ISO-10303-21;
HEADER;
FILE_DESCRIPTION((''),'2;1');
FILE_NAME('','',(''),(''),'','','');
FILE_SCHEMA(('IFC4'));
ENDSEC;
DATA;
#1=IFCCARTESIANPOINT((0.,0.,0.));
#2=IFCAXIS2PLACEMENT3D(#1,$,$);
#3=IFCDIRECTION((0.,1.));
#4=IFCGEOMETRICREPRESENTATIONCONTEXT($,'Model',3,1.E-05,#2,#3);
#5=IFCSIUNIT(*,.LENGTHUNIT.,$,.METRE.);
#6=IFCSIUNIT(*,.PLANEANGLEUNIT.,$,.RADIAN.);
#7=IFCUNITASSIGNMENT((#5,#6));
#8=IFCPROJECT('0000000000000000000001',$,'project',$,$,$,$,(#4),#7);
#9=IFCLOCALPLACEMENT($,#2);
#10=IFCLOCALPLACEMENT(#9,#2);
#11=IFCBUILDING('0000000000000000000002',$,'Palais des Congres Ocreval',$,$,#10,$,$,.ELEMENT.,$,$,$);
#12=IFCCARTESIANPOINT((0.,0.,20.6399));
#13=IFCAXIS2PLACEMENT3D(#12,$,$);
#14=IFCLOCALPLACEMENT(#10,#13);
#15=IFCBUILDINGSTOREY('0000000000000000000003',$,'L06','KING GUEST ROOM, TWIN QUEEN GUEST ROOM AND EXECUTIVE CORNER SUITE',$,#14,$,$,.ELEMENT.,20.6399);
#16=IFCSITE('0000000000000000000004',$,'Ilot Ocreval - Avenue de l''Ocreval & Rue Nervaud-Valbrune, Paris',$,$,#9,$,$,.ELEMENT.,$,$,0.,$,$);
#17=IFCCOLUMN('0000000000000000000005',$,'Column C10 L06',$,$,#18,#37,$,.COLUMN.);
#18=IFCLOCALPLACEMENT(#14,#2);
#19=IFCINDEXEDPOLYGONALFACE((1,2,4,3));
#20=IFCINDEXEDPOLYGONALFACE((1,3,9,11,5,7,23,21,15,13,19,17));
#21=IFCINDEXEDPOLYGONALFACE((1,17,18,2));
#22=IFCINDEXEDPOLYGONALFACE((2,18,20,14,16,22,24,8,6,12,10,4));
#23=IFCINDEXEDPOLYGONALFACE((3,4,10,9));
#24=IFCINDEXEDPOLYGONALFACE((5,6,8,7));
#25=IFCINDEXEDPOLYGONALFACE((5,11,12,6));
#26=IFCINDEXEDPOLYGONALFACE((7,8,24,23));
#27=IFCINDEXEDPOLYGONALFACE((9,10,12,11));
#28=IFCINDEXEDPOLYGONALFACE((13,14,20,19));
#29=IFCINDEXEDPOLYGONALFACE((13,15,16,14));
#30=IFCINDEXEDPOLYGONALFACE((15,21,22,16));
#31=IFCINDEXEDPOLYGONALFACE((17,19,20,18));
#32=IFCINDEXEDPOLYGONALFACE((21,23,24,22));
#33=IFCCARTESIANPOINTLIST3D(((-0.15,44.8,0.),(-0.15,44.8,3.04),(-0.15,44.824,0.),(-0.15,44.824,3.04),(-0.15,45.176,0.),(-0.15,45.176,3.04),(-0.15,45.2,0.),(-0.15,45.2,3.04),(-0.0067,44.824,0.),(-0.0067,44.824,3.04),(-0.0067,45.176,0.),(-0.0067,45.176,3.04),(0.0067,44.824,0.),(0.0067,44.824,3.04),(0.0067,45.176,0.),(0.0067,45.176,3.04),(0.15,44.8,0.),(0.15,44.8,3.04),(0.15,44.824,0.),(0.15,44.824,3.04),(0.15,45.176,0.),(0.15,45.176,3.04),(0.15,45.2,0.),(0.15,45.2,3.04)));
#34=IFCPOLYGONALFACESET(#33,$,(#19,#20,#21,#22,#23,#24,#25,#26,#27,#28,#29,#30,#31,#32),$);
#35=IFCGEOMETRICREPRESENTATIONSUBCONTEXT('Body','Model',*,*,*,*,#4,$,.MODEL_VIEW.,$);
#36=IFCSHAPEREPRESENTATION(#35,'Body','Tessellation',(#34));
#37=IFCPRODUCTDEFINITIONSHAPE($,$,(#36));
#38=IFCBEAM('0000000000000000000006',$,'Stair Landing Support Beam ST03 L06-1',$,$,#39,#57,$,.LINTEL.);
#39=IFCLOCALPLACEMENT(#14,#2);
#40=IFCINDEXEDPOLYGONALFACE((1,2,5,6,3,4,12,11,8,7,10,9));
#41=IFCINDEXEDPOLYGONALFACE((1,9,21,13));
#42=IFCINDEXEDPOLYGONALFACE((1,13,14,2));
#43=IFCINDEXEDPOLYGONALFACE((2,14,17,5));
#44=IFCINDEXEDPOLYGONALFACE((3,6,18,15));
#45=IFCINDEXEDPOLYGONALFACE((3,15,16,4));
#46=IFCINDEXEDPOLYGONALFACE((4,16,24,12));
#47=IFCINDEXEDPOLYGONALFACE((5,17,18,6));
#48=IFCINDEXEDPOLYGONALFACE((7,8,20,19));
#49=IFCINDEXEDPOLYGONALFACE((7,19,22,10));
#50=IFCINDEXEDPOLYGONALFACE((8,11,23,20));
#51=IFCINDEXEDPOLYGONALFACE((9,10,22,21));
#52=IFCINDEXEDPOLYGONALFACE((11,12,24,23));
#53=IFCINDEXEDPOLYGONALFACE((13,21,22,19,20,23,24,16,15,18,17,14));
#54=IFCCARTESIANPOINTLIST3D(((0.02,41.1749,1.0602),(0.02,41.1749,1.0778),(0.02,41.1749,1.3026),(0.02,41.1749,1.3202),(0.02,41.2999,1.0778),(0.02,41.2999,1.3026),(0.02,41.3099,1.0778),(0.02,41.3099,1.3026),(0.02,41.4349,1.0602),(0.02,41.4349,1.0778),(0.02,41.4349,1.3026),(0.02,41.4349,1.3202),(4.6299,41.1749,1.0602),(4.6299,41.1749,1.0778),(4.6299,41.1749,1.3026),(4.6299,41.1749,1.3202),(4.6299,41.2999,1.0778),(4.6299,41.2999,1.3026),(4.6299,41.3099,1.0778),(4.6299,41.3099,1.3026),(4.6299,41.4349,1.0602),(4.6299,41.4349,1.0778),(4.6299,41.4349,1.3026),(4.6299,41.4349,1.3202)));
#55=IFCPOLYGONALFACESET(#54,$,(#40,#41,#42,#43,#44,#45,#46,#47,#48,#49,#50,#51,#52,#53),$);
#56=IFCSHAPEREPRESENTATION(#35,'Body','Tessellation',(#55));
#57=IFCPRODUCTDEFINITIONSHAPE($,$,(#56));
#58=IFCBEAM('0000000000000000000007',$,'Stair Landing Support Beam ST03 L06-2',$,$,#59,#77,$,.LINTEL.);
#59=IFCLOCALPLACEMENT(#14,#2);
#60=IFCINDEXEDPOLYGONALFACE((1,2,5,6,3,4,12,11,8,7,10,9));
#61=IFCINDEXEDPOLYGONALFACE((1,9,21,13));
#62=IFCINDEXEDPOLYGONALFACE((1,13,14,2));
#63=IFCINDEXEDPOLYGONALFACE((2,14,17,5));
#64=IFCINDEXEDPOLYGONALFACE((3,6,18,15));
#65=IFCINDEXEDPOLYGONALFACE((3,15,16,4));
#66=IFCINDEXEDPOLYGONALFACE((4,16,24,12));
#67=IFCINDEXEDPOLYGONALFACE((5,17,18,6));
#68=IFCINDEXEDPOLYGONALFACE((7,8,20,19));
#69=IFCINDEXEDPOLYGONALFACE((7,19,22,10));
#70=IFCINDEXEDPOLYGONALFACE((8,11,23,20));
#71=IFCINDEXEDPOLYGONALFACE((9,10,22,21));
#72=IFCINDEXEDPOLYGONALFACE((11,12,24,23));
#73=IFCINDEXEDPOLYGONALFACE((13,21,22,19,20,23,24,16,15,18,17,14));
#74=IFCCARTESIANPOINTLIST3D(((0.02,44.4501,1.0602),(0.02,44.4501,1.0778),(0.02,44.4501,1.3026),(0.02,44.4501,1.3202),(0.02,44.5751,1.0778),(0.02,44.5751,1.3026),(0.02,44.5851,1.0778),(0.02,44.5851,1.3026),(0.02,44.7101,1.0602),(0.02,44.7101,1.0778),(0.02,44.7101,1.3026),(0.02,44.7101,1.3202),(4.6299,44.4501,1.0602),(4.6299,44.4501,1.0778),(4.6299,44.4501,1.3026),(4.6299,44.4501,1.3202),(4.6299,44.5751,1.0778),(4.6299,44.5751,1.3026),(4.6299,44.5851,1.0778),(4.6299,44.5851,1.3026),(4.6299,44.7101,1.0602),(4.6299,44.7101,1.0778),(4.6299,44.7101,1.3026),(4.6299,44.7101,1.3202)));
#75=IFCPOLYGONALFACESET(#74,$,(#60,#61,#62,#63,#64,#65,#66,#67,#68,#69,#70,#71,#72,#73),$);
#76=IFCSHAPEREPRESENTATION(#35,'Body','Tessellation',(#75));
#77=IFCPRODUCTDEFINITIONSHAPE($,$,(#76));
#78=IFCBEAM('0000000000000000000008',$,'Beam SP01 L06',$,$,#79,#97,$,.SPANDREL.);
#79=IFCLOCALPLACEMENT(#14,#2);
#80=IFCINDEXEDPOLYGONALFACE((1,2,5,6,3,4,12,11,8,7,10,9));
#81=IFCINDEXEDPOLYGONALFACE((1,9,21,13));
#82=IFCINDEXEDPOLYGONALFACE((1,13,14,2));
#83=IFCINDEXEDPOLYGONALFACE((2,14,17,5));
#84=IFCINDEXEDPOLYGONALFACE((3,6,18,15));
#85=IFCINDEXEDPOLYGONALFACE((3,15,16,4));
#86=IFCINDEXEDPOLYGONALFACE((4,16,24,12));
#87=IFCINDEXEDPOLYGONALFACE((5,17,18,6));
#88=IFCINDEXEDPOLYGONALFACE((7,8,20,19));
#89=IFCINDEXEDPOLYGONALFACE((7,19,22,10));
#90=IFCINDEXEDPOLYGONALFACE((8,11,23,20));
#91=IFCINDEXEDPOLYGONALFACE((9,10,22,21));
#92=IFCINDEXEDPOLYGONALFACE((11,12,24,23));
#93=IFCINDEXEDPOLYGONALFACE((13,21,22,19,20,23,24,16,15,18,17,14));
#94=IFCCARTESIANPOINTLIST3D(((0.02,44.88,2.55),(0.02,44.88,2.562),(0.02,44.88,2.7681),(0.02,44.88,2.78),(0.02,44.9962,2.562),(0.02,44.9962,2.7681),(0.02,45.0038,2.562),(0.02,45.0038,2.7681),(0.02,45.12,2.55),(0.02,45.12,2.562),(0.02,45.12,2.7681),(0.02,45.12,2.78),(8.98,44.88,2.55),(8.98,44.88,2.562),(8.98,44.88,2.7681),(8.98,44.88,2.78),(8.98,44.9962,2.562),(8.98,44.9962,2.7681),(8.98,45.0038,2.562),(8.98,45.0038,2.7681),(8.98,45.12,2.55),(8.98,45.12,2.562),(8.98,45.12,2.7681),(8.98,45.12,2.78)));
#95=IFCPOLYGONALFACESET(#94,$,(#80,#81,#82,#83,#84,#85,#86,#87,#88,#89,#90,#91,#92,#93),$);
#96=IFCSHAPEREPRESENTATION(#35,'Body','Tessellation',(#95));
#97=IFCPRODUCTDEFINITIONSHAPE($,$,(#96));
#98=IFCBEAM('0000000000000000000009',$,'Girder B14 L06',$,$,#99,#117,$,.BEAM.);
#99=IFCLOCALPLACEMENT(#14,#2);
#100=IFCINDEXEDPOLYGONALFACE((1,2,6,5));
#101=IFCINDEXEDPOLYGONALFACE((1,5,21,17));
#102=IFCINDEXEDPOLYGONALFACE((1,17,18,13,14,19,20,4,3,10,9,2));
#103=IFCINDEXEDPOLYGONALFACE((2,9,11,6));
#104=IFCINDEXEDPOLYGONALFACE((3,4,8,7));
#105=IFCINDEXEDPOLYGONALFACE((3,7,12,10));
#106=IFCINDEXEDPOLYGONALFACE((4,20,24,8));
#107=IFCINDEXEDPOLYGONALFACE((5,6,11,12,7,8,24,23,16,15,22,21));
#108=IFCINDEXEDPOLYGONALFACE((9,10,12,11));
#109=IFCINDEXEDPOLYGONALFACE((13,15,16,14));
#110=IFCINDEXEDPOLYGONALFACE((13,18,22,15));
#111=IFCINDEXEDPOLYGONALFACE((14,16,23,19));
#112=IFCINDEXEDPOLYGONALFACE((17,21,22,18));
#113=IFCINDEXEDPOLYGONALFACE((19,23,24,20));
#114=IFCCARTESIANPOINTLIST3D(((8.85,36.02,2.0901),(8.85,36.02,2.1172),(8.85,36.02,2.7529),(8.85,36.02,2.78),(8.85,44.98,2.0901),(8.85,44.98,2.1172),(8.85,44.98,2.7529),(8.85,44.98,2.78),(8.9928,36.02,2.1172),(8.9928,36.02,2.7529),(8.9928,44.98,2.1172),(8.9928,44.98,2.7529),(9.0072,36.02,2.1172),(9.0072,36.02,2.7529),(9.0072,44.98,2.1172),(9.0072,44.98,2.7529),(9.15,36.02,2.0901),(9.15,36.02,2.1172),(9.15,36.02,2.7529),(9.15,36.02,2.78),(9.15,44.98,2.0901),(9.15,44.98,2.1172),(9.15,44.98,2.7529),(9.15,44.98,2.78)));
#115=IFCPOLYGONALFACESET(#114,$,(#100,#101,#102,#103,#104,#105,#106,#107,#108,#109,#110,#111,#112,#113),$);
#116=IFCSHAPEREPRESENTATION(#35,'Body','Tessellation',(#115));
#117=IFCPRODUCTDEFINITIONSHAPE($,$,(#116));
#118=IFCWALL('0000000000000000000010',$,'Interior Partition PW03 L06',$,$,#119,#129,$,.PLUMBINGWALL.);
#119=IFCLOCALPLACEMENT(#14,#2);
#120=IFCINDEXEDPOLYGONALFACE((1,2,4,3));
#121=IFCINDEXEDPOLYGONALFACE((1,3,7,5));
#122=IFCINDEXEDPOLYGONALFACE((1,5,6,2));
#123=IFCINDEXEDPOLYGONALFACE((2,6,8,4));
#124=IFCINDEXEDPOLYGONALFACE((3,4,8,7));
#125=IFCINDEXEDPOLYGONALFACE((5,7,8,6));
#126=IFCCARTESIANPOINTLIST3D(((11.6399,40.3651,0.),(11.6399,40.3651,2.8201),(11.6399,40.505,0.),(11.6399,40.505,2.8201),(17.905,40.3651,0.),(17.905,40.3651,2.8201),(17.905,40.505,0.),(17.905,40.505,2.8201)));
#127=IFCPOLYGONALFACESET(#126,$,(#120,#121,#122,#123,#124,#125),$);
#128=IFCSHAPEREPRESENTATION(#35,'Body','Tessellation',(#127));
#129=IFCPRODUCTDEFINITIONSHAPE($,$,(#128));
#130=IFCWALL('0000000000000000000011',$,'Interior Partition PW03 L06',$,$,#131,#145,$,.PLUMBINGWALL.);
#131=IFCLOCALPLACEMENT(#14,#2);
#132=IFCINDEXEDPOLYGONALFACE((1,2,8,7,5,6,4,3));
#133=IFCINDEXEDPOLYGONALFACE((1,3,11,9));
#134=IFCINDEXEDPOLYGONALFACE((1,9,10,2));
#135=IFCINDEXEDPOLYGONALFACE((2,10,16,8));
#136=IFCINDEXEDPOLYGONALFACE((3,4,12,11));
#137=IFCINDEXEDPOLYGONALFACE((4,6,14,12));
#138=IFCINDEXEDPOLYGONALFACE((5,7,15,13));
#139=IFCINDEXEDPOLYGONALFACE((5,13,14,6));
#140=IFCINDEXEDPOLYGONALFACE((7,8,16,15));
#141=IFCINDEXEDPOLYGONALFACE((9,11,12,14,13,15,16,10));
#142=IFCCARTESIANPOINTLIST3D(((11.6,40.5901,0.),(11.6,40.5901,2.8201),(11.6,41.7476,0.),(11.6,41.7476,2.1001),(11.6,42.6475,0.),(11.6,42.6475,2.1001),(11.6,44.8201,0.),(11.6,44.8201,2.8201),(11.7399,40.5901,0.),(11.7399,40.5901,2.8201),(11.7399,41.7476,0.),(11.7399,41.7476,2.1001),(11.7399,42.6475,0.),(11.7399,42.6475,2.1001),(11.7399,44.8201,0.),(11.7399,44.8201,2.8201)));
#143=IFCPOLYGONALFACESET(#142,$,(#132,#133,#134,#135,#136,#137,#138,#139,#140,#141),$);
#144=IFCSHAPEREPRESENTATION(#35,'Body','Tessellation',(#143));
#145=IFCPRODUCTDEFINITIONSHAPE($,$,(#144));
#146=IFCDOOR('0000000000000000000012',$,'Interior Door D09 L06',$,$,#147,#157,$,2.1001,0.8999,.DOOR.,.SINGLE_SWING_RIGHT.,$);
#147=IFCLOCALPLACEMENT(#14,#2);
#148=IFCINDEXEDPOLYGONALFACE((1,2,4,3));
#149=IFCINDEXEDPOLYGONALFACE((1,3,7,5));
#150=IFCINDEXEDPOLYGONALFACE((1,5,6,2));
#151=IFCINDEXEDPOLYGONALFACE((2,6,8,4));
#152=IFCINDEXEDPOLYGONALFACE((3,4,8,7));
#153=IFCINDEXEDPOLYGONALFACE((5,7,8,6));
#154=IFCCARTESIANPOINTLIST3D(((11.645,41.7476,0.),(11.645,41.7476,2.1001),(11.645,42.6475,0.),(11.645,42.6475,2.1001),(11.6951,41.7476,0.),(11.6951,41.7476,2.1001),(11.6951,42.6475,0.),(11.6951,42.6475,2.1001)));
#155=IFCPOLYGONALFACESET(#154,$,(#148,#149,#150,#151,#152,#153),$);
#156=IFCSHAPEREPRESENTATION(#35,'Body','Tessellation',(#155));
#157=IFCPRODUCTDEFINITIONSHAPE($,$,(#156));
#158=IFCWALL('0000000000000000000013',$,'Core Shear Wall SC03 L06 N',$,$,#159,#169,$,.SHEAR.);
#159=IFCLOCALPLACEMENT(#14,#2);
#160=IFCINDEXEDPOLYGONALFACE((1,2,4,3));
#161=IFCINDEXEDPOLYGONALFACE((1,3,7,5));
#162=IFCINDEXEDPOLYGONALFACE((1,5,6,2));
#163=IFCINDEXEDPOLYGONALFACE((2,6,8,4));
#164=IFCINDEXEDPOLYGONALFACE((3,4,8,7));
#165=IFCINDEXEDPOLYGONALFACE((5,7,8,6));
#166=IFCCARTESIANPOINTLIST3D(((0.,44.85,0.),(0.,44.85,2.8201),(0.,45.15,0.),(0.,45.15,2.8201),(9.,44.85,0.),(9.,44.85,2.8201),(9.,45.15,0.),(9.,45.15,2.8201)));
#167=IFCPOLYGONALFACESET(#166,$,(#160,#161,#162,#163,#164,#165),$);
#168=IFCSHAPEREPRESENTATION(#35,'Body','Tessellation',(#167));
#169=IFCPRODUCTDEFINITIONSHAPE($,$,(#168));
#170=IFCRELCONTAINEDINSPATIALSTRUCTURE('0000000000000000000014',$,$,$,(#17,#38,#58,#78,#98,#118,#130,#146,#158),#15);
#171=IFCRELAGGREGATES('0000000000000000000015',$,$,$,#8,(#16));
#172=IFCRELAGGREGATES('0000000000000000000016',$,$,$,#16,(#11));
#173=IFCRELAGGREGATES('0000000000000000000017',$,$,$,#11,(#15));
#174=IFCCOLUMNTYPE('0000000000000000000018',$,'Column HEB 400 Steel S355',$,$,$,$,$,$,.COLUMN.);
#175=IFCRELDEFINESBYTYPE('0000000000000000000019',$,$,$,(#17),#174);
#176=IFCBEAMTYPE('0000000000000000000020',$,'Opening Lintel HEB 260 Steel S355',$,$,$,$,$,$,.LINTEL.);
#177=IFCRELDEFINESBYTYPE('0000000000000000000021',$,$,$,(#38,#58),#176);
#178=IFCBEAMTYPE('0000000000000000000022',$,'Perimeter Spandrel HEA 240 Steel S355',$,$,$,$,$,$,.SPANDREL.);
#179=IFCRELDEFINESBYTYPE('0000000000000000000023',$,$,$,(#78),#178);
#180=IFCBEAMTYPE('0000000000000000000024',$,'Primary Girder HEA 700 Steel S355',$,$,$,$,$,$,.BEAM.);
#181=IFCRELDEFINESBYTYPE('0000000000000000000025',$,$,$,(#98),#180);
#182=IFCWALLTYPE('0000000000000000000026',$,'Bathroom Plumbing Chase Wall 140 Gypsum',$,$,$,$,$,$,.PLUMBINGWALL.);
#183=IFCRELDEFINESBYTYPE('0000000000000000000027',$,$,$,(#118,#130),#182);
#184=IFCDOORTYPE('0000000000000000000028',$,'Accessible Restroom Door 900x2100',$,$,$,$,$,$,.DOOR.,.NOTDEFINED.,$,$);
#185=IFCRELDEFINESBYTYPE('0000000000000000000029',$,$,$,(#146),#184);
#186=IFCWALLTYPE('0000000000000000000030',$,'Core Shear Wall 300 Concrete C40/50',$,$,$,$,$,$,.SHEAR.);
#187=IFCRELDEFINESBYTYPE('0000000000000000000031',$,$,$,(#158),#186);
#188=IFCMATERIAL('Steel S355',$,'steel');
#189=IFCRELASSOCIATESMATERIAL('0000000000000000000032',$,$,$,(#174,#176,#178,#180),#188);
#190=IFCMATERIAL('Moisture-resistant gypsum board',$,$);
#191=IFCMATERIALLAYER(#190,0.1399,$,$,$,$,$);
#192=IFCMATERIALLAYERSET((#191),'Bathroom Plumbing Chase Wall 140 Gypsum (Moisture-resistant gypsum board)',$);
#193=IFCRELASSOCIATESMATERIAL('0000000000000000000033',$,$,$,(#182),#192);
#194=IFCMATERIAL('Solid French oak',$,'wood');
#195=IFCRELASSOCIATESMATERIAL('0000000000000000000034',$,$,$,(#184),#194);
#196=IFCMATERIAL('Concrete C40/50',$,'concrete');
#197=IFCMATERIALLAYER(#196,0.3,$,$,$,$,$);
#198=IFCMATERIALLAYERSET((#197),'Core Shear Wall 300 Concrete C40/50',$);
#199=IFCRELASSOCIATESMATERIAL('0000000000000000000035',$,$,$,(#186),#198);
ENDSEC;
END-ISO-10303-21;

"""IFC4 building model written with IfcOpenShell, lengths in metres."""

from ifc_helpers import new_model, si_unit, direction, frame, frame_2d, origin, origin_2d, place, context, subcontext, project, spatial, rectangle, i_section, extrude, material, layer, layer_set, material_profile, profile_set, type_object, element, fill, save


model = new_model("IFC4")

# Units and contexts
model_context = context("Model", 3, precision=1e-05, world=origin(), true_north=direction((0.0, 1.0)))
body_context = subcontext(model_context, "Body", "Model", "MODEL_VIEW")
ifc_project = project(units=[si_unit("LENGTHUNIT", "METRE"), si_unit("PLANEANGLEUNIT", "RADIAN")], contexts=[model_context])

# Site, building, storey
site_placement = place(None, origin())
site = spatial("IfcSite", under=ifc_project, at=site_placement, Name="Ilot Ocreval - Avenue de l'Ocreval & Rue Nervaud-Valbrune, Paris", CompositionType="ELEMENT", RefElevation=0.0)
building_placement = place(site_placement, origin())
building = spatial("IfcBuilding", under=site, at=building_placement, Name="Palais des Congres Ocreval", CompositionType="ELEMENT")
storey_placement = place(building_placement, frame((0.0, 0.0, 20.6399)))
storey = spatial("IfcBuildingStorey", under=building, at=storey_placement, Name="L06", Description="KING GUEST ROOM, TWIN QUEEN GUEST ROOM AND EXECUTIVE CORNER SUITE", CompositionType="ELEMENT", Elevation=20.6399)

# Column
ifc_material_1 = material(Name="Steel S355", Category="steel")
ifc_material_profile_1 = material_profile(ifc_material_1, i_section(OverallWidth=0.3, OverallDepth=0.3999, WebThickness=0.0134, FlangeThickness=0.0239, at=origin_2d()), Name="HEB 400")
ifc_profile_set_1 = profile_set([ifc_material_profile_1], Name="Steel S355")
column_type = type_object("IfcColumnType", Name="Column HEB 400 Steel S355", PredefinedType="COLUMN", material=ifc_profile_set_1)
column_placement = place(storey_placement, frame((0.0, 45.0, 0.0), z_axis=(0.0, 0.0, 1.0), x_axis=(1.0, 0.0, 0.0)))
element("IfcColumn", 1, at=column_placement, inside=storey, type_object=column_type, Name="Column C10 L06", PredefinedType="COLUMN", context=body_context, shape_type="SweptSolid", body=[
    extrude(i_section(OverallWidth=0.3, OverallDepth=0.3999, WebThickness=0.0134, FlangeThickness=0.0239, at=origin_2d()), origin(), (0.0, 0.0, 1.0), 3.04),
])

# Beams
ifc_material_profile_2 = material_profile(ifc_material_1, i_section(OverallWidth=0.26, OverallDepth=0.26, WebThickness=0.01, FlangeThickness=0.0176, at=origin_2d()), Name="HEB 260")
ifc_profile_set_2 = profile_set([ifc_material_profile_2], Name="Steel S355")
beam_type_1 = type_object("IfcBeamType", Name="Opening Lintel HEB 260 Steel S355", PredefinedType="LINTEL", material=ifc_profile_set_2)
for number, where, z_axis, x_axis, name in (
    (2, (0.02, 41.3049, 1.1902), (1.0, 0.0, 0.0), (0.0, 1.0, 0.0), "Stair Landing Support Beam ST03 L06-1"),
    (3, (0.02, 44.5801, 1.1902), (1.0, 0.0, 0.0), (0.0, 1.0, 0.0), "Stair Landing Support Beam ST03 L06-2"),
):
    element("IfcBeam", number, at=place(storey_placement, frame(where, z_axis=z_axis, x_axis=x_axis)), inside=storey, type_object=beam_type_1, Name=name, PredefinedType="LINTEL", context=body_context, shape_type="SweptSolid", body=[
        extrude(i_section(OverallWidth=0.26, OverallDepth=0.26, WebThickness=0.01, FlangeThickness=0.0176, at=origin_2d()), origin(), (0.0, 0.0, 1.0), 4.6099),
    ])
ifc_material_profile_3 = material_profile(ifc_material_1, i_section(OverallWidth=0.24, OverallDepth=0.23, WebThickness=0.0076, FlangeThickness=0.012, at=origin_2d()), Name="HEA 240")
ifc_profile_set_3 = profile_set([ifc_material_profile_3], Name="Steel S355")
beam_type_2 = type_object("IfcBeamType", Name="Perimeter Spandrel HEA 240 Steel S355", PredefinedType="SPANDREL", material=ifc_profile_set_3)
beam_1_placement = place(storey_placement, frame((0.02, 45.0, 2.665), z_axis=(1.0, 0.0, 0.0), x_axis=(0.0, 1.0, 0.0)))
element("IfcBeam", 4, at=beam_1_placement, inside=storey, type_object=beam_type_2, Name="Beam SP01 L06", PredefinedType="SPANDREL", context=body_context, shape_type="SweptSolid", body=[
    extrude(i_section(OverallWidth=0.24, OverallDepth=0.23, WebThickness=0.0076, FlangeThickness=0.012, at=origin_2d()), origin(), (0.0, 0.0, 1.0), 8.96),
])
ifc_material_profile_4 = material_profile(ifc_material_1, i_section(OverallWidth=0.3, OverallDepth=0.6899, WebThickness=0.0144, FlangeThickness=0.0271, at=origin_2d()), Name="HEA 700")
ifc_profile_set_4 = profile_set([ifc_material_profile_4], Name="Steel S355")
beam_type_3 = type_object("IfcBeamType", Name="Primary Girder HEA 700 Steel S355", PredefinedType="BEAM", material=ifc_profile_set_4)
beam_2_placement = place(storey_placement, frame((9.0, 36.02, 2.4351), z_axis=(0.0, 1.0, 0.0), x_axis=(-1.0, 0.0, 0.0)))
element("IfcBeam", 5, at=beam_2_placement, inside=storey, type_object=beam_type_3, Name="Girder B14 L06", PredefinedType="BEAM", context=body_context, shape_type="SweptSolid", body=[
    extrude(i_section(OverallWidth=0.3, OverallDepth=0.6899, WebThickness=0.0144, FlangeThickness=0.0271, at=origin_2d()), origin(), (0.0, 0.0, 1.0), 8.96),
])

# Wall
ifc_material_2 = material(Name="Moisture-resistant gypsum board")
ifc_layer_1 = layer(ifc_material_2, 0.1399)
ifc_layer_set_1 = layer_set([ifc_layer_1], Name="Bathroom Plumbing Chase Wall 140 Gypsum (Moisture-resistant gypsum board)")
wall_type_1 = type_object("IfcWallType", Name="Bathroom Plumbing Chase Wall 140 Gypsum", PredefinedType="PLUMBINGWALL", material=ifc_layer_set_1)
wall_1_placement = place(storey_placement, frame((11.6399, 40.4351, 0.0), z_axis=(0.0, 0.0, 1.0), x_axis=(1.0, 0.0, 0.0)))
element("IfcWall", 6, at=wall_1_placement, inside=storey, type_object=wall_type_1, Name="Interior Partition PW03 L06", PredefinedType="PLUMBINGWALL", context=body_context, shape_type="SweptSolid", body=[
    extrude(rectangle(XDim=6.2651, YDim=0.1399, at=frame_2d((3.1326, 0.0))), origin(), (0.0, 0.0, 1.0), 2.8201),
])

# Wall, opening, door
wall_2_placement = place(storey_placement, frame((11.6699, 40.5901, 0.0), z_axis=(0.0, 0.0, 1.0), x_axis=(0.0, 1.0, 0.0)))
wall_2 = element("IfcWall", 7, at=wall_2_placement, inside=storey, type_object=wall_type_1, Name="Interior Partition PW03 L06", PredefinedType="PLUMBINGWALL", context=body_context, shape_type="SweptSolid", body=[
    extrude(rectangle(XDim=4.23, YDim=0.1399, at=frame_2d((2.115, 0.0))), origin(), (0.0, 0.0, 1.0), 2.8201),
])
opening_1_placement = place(wall_2_placement, frame((1.1575, 0.0, 0.0)))
opening_1 = element("IfcOpeningElement", 8, at=opening_1_placement, cuts=wall_2, PredefinedType="OPENING", context=body_context, shape_type="SweptSolid", body=[
    extrude(rectangle(XDim=0.8999, YDim=2.1001, at=frame_2d((0.45, 1.05))), frame((0.0, 0.0798, 0.0), z_axis=(0.0, -1.0, 0.0), x_axis=(1.0, 0.0, 0.0)), (0.0, 0.0, 1.0), 0.1599),
])
ifc_material_3 = material(Name="Solid French oak", Category="wood")
door_type_1 = type_object("IfcDoorType", Name="Accessible Restroom Door 900x2100", OperationType="NOTDEFINED", PredefinedType="DOOR", material=ifc_material_3)
door_1_placement = place(opening_1_placement, origin())
door_1 = element("IfcDoor", 9, at=door_1_placement, inside=storey, type_object=door_type_1, Name="Interior Door D09 L06", OperationType="SINGLE_SWING_RIGHT", OverallHeight=2.1001, OverallWidth=0.8999, PredefinedType="DOOR", context=body_context, shape_type="SweptSolid", body=[
    extrude(rectangle(XDim=0.8999, YDim=2.1001, at=frame_2d((0.45, 1.05))), frame((0.0, 0.0249, 0.0), z_axis=(0.0, -1.0, 0.0), x_axis=(1.0, 0.0, 0.0)), (0.0, 0.0, 1.0), 0.05),
])
fill(opening_1, door_1)

# Wall
ifc_material_4 = material(Name="Concrete C40/50", Category="concrete")
ifc_layer_2 = layer(ifc_material_4, 0.3)
ifc_layer_set_2 = layer_set([ifc_layer_2], Name="Core Shear Wall 300 Concrete C40/50")
wall_type_2 = type_object("IfcWallType", Name="Core Shear Wall 300 Concrete C40/50", PredefinedType="SHEAR", material=ifc_layer_set_2)
wall_3_placement = place(storey_placement, frame((0.0, 45.0, 0.0), z_axis=(0.0, 0.0, 1.0), x_axis=(1.0, 0.0, 0.0)))
element("IfcWall", 10, at=wall_3_placement, inside=storey, type_object=wall_type_2, Name="Core Shear Wall SC03 L06 N", PredefinedType="SHEAR", context=body_context, shape_type="SweptSolid", body=[
    extrude(rectangle(XDim=9.0, YDim=0.3, at=frame_2d((4.5, 0.0))), origin(), (0.0, 0.0, 1.0), 2.8201),
])

save(model, "model.ifc")
